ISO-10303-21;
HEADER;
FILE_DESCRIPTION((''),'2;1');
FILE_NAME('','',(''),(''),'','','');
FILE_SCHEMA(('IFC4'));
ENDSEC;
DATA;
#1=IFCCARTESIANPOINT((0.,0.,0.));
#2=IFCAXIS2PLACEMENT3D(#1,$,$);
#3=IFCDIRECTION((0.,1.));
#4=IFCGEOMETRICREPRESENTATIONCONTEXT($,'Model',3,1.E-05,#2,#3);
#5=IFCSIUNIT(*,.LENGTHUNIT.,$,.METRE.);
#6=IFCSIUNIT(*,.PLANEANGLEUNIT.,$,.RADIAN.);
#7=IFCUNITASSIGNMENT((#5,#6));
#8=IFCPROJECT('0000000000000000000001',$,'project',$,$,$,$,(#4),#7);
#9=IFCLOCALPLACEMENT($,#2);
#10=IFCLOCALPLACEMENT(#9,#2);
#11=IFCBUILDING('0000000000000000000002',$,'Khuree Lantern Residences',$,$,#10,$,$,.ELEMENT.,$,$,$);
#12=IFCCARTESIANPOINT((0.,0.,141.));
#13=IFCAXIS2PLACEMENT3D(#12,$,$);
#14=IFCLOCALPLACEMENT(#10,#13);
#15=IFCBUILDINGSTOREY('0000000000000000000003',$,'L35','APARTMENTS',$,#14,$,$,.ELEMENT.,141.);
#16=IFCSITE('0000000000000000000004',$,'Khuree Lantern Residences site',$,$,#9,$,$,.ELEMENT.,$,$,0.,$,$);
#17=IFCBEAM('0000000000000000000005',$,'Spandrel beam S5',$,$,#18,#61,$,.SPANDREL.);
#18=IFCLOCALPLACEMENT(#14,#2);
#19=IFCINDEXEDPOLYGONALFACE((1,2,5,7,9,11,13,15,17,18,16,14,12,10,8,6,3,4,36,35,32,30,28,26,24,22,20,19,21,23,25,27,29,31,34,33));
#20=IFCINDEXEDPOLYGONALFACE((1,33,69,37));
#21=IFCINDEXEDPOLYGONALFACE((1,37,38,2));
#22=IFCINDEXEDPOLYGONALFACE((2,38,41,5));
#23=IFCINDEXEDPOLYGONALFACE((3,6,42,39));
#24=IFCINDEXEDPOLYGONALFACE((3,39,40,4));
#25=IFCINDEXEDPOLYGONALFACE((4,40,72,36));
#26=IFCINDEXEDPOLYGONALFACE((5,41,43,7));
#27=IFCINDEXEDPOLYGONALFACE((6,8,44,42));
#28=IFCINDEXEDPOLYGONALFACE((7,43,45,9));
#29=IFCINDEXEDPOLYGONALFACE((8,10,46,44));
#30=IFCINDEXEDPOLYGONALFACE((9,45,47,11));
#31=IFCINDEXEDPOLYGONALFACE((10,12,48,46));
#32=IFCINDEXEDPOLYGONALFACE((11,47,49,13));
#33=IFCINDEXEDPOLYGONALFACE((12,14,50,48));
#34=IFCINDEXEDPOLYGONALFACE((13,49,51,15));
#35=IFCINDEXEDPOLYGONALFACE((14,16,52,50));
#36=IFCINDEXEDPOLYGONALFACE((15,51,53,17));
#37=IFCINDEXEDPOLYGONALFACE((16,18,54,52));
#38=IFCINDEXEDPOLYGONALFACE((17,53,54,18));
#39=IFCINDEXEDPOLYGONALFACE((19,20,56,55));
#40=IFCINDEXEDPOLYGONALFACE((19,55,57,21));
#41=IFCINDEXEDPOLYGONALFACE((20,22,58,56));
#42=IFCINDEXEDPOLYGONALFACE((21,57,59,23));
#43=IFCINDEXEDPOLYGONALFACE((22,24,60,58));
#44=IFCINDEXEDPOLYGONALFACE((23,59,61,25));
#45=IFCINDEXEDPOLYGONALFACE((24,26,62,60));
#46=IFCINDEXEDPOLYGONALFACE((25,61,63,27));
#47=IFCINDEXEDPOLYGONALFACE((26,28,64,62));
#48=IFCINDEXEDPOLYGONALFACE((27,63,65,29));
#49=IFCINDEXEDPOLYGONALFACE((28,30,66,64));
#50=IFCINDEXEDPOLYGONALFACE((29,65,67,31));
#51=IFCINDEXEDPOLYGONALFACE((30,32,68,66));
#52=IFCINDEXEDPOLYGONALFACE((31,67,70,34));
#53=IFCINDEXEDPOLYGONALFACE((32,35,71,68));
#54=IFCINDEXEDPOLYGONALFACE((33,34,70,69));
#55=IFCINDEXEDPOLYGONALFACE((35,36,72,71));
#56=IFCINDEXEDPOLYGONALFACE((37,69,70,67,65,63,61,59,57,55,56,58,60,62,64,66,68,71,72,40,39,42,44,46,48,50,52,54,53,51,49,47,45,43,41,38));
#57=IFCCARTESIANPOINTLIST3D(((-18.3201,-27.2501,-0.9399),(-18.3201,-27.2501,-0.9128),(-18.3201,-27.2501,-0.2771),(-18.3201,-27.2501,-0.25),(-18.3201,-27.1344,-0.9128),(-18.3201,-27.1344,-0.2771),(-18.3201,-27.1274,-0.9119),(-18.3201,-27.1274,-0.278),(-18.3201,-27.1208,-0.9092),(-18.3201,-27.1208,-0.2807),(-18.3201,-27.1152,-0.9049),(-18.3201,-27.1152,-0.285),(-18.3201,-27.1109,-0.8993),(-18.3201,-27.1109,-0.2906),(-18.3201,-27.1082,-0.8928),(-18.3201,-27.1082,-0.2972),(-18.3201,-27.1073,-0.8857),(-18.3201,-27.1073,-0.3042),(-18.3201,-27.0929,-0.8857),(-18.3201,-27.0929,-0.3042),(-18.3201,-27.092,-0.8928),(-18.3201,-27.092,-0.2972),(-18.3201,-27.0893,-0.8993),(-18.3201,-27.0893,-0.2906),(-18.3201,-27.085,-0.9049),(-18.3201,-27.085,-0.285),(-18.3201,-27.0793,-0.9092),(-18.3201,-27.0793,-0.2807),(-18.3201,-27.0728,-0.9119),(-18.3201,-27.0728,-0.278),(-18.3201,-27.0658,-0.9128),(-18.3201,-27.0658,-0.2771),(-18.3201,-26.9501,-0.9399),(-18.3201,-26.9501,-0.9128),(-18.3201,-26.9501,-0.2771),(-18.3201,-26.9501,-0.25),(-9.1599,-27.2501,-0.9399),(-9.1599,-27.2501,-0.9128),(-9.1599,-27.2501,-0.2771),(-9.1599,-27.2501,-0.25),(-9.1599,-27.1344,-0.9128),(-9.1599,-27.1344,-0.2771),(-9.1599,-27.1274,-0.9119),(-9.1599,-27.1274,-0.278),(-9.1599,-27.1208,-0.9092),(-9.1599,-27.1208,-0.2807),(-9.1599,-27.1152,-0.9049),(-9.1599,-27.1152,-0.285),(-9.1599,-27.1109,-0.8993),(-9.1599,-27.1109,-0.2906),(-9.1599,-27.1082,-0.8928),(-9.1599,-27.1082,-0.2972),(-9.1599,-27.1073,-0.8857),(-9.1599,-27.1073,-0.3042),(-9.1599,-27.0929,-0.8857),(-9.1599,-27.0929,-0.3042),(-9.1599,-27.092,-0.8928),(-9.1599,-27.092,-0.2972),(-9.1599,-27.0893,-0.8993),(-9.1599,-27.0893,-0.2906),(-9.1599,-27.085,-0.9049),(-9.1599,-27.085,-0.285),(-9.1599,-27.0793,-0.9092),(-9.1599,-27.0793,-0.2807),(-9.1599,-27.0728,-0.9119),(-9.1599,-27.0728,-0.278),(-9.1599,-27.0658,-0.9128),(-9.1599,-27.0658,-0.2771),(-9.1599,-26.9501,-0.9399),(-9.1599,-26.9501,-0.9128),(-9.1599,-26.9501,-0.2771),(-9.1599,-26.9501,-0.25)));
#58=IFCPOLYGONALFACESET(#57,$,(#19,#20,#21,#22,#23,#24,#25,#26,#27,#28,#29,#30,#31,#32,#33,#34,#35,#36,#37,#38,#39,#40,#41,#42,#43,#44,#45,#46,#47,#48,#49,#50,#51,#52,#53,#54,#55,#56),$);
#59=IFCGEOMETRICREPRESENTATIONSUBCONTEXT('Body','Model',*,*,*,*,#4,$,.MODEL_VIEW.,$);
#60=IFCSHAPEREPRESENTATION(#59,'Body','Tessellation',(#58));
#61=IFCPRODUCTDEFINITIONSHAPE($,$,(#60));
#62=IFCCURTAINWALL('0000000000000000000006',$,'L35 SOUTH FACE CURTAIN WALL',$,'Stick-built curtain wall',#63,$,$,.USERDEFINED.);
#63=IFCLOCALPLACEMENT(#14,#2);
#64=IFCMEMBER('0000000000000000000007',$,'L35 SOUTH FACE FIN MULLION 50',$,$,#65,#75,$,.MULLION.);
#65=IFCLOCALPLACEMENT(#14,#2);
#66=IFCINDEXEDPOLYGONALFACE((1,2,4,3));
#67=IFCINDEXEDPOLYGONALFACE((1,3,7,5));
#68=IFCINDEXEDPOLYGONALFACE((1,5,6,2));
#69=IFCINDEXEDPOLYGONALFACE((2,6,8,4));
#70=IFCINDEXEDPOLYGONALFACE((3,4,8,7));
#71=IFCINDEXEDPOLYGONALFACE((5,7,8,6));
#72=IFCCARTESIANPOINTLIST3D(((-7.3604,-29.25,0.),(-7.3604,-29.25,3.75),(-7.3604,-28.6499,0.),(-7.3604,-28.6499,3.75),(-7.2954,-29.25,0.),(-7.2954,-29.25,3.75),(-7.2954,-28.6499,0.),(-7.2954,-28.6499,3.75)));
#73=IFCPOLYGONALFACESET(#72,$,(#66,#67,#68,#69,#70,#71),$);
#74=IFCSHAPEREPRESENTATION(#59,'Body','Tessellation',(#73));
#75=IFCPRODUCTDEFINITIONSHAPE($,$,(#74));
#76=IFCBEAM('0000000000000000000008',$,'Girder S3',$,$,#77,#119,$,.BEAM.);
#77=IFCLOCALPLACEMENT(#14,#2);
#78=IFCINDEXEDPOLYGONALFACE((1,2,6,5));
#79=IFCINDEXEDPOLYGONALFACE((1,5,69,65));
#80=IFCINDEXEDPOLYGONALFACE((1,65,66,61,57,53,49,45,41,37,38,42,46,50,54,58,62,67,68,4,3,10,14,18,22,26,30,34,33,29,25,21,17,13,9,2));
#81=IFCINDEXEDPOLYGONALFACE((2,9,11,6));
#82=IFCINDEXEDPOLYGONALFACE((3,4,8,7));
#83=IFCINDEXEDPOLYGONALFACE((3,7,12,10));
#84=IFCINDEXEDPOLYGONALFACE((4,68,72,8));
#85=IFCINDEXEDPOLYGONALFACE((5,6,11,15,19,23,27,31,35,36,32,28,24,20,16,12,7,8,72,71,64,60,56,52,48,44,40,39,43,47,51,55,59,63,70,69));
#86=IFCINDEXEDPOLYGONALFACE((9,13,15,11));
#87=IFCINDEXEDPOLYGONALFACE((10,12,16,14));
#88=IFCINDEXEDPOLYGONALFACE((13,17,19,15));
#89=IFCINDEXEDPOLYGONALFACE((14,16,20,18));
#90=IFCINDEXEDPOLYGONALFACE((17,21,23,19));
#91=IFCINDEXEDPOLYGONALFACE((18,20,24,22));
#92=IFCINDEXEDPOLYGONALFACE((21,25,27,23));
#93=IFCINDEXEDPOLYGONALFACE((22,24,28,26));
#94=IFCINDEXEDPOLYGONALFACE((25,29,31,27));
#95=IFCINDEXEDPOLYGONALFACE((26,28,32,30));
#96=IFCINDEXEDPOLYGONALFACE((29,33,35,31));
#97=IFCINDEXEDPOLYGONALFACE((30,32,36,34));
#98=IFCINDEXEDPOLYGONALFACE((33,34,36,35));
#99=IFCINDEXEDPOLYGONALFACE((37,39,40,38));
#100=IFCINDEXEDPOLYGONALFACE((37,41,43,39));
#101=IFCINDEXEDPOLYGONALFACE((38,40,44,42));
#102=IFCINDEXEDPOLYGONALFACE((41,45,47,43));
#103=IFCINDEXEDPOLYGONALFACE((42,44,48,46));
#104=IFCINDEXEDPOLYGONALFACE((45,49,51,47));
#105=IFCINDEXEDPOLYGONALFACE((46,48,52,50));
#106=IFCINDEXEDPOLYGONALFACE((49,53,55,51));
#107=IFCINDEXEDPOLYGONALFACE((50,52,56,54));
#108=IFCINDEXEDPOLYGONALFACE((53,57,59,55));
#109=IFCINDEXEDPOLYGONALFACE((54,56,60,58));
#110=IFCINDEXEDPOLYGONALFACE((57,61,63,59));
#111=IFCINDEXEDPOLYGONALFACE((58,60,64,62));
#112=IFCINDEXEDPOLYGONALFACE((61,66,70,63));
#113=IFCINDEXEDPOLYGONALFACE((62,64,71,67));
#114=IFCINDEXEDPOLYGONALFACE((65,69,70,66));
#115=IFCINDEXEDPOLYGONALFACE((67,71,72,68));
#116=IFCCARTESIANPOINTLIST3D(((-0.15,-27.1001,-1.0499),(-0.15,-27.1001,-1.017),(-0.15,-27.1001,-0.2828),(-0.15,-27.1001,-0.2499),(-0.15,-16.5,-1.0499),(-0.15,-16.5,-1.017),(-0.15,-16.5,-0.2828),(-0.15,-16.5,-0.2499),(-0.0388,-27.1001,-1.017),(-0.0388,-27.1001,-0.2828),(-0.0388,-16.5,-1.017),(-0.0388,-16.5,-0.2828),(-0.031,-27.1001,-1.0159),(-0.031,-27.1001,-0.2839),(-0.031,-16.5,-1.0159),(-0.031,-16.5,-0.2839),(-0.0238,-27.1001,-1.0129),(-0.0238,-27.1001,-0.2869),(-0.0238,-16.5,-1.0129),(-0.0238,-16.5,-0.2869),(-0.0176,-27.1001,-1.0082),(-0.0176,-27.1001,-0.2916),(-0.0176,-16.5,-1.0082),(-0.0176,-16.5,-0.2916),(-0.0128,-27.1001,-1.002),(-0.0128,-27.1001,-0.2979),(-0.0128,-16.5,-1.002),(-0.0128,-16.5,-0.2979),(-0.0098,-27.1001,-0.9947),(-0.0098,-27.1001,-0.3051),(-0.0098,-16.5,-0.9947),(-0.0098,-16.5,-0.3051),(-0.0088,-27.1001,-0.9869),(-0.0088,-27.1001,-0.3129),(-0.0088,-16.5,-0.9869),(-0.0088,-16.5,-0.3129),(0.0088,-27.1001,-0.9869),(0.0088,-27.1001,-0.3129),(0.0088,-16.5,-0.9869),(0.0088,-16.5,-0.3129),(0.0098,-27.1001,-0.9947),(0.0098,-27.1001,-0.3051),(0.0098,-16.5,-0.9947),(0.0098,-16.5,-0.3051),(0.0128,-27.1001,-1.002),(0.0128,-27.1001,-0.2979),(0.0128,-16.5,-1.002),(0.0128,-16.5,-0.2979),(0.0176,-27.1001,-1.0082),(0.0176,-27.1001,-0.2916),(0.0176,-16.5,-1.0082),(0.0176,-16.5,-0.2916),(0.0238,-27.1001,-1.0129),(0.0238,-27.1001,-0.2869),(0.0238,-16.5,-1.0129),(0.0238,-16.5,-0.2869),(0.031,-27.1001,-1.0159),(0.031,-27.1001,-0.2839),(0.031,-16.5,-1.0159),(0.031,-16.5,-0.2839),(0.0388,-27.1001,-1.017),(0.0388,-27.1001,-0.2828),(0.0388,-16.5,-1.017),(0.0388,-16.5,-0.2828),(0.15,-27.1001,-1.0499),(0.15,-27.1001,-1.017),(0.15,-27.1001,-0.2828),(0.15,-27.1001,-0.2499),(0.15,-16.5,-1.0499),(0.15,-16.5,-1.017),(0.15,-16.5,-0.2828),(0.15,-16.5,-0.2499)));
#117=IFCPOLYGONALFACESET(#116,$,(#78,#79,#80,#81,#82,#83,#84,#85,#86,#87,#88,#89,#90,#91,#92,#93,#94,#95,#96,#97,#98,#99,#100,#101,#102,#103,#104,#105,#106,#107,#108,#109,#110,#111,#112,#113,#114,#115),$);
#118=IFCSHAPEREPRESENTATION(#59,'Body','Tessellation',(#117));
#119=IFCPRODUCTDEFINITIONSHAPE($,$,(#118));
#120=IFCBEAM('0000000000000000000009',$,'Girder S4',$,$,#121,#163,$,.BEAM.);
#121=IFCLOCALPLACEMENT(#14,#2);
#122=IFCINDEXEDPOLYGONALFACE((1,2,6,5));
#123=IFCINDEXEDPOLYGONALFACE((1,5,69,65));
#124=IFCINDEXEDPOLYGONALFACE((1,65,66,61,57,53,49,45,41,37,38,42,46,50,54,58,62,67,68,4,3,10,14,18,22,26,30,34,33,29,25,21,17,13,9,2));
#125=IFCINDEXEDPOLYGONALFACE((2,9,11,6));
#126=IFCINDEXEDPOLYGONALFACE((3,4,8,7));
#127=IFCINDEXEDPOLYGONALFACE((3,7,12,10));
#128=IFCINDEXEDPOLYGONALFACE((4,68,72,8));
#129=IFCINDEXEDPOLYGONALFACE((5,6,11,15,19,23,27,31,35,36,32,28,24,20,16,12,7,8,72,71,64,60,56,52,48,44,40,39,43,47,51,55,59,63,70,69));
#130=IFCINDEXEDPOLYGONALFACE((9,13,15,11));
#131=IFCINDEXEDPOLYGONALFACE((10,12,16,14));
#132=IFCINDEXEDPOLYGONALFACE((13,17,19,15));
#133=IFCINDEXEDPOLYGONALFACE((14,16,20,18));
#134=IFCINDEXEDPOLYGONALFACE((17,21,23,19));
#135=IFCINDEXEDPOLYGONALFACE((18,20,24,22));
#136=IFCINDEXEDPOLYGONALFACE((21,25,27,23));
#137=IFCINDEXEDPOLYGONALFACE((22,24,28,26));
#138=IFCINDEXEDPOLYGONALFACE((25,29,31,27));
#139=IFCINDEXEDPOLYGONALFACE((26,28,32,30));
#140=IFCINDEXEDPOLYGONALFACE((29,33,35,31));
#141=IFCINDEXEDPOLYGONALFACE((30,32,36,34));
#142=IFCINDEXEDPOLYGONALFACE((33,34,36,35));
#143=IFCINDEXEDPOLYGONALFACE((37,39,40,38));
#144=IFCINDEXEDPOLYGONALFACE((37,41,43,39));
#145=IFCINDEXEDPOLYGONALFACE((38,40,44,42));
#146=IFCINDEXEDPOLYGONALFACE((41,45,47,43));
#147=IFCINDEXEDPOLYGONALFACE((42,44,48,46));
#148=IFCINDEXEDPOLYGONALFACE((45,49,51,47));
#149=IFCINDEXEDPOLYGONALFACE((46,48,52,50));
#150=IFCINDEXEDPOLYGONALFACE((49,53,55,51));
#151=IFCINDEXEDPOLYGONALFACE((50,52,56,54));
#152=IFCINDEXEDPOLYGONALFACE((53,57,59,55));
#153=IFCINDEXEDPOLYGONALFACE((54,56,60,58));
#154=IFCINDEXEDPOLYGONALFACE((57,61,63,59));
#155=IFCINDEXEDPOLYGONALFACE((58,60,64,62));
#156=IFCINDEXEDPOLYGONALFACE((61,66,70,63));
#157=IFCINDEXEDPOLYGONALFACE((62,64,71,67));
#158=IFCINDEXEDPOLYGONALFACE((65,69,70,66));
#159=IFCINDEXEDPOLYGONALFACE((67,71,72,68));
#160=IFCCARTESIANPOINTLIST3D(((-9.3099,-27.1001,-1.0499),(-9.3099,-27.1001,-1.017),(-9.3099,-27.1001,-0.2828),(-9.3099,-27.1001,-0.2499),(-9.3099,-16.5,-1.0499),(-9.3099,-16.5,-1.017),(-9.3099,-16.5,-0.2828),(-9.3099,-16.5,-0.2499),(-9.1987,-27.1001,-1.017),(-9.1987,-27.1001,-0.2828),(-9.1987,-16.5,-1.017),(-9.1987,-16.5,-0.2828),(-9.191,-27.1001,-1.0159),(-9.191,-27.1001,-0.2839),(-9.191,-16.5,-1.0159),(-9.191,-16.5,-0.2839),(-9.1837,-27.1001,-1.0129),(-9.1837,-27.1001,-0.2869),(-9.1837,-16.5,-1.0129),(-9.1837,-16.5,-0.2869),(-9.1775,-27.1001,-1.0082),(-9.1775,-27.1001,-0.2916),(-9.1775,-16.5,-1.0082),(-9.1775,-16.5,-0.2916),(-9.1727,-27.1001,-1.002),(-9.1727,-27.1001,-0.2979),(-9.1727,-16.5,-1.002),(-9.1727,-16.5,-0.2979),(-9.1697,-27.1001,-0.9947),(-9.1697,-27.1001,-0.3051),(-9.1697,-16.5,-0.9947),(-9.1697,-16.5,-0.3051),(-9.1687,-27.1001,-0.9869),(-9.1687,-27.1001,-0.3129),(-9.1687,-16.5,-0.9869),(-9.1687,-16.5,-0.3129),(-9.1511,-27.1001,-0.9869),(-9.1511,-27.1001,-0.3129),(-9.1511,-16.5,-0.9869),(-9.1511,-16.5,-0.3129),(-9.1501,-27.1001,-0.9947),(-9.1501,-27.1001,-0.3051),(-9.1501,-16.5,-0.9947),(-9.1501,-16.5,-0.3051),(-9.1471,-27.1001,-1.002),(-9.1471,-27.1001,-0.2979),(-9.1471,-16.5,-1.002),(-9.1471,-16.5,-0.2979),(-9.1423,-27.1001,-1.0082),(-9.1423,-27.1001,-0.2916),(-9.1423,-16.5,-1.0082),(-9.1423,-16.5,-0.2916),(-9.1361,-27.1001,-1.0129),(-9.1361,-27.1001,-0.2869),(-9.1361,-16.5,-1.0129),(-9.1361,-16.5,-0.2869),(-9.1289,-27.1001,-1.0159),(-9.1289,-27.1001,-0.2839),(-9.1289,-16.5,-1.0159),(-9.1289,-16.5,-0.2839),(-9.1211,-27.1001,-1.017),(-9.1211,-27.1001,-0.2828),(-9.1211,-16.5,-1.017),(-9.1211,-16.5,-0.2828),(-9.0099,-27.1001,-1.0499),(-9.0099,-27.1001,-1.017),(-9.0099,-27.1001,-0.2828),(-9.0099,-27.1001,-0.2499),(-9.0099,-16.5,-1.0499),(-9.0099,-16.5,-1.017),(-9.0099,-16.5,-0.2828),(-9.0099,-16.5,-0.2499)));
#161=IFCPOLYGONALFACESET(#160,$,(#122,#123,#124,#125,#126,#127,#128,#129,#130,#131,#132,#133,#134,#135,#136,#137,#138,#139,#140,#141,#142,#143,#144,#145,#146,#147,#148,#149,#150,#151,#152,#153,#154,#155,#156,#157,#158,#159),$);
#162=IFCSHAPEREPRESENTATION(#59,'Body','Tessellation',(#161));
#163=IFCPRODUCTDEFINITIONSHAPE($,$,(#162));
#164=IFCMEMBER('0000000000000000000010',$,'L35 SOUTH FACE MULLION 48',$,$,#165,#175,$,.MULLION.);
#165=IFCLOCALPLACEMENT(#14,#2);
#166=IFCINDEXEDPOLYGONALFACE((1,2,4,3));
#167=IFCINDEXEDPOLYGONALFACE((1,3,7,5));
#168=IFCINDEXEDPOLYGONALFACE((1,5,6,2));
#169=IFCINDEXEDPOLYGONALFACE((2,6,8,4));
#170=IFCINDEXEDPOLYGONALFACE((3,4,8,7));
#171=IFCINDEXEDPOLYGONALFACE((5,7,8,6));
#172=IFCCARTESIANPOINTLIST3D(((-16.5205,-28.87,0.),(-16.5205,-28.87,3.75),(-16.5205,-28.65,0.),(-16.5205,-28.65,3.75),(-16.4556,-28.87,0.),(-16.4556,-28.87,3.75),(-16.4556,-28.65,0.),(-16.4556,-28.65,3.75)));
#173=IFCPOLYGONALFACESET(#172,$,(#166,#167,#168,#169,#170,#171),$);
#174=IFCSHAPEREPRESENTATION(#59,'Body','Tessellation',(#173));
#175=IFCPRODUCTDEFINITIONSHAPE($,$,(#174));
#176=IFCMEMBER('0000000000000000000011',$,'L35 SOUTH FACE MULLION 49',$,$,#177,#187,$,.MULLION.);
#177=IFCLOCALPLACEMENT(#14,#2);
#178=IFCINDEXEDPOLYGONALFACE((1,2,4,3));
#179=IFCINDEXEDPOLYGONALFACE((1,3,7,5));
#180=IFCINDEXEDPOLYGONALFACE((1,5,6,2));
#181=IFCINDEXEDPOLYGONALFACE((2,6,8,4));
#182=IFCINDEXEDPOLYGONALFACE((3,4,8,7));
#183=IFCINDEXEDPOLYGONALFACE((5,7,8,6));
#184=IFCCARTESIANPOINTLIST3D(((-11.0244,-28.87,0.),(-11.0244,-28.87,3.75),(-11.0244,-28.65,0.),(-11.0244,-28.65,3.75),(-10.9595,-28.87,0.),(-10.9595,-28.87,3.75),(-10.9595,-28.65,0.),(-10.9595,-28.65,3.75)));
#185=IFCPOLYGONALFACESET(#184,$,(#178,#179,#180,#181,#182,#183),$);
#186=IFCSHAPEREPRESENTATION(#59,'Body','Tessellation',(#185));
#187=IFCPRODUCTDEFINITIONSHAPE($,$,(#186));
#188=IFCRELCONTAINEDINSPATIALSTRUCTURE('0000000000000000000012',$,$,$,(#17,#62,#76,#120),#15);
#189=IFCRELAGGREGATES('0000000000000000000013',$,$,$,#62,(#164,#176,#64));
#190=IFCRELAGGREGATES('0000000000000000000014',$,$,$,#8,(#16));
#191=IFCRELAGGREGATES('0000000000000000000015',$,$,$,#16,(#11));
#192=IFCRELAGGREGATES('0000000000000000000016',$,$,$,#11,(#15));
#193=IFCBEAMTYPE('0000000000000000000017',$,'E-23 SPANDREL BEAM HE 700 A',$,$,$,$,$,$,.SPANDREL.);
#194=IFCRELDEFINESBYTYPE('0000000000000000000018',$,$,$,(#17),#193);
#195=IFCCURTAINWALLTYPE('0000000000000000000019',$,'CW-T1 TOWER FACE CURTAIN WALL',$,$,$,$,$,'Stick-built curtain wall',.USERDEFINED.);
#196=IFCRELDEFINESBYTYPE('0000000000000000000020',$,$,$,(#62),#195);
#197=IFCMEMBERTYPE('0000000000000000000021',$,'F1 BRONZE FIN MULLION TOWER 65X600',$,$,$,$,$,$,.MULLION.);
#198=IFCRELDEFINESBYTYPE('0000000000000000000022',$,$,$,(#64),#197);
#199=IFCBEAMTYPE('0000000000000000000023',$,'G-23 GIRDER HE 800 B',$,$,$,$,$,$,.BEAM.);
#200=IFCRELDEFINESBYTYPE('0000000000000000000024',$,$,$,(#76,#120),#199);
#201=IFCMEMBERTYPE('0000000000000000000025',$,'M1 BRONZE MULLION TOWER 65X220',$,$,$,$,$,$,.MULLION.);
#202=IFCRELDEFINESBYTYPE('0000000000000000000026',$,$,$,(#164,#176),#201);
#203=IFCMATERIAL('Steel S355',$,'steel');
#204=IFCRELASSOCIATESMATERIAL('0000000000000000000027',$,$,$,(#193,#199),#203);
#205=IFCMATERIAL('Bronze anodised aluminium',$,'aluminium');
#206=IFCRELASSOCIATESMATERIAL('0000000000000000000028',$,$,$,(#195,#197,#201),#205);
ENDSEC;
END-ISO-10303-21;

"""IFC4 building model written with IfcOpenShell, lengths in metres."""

from ifc_helpers import new_model, si_unit, direction, frame, origin, origin_2d, place, context, subcontext, project, spatial, rectangle, i_section, extrude, material, material_profile, profile_set, type_object, element, aggregate, save


model = new_model("IFC4")

# Units and contexts
model_context = context("Model", 3, precision=1e-05, world=origin(), true_north=direction((0.0, 1.0)))
body_context = subcontext(model_context, "Body", "Model", "MODEL_VIEW")
ifc_project = project(units=[si_unit("LENGTHUNIT", "METRE"), si_unit("PLANEANGLEUNIT", "RADIAN")], contexts=[model_context])

# Site, building, storey
site_placement = place(None, origin())
site = spatial("IfcSite", under=ifc_project, at=site_placement, Name="Khuree Lantern Residences site", CompositionType="ELEMENT", RefElevation=0.0)
building_placement = place(site_placement, origin())
building = spatial("IfcBuilding", under=site, at=building_placement, Name="Khuree Lantern Residences", CompositionType="ELEMENT")
storey_placement = place(building_placement, frame((0.0, 0.0, 141.0)))
storey = spatial("IfcBuildingStorey", under=building, at=storey_placement, Name="L35", Description="APARTMENTS", CompositionType="ELEMENT", Elevation=141.0)

# Beam
ifc_material_1 = material(Name="Steel S355", Category="steel")
ifc_material_profile_1 = material_profile(ifc_material_1, i_section(OverallWidth=0.3, OverallDepth=0.6899, WebThickness=0.0144, FlangeThickness=0.0271, FilletRadius=0.0271, at=origin_2d()), Name="HE 700 A")
ifc_profile_set_1 = profile_set([ifc_material_profile_1], Name="Steel S355")
beam_type_1 = type_object("IfcBeamType", Name="E-23 SPANDREL BEAM HE 700 A", PredefinedType="SPANDREL", material=ifc_profile_set_1)
beam_1_placement = place(storey_placement, frame((-9.1599, -27.1001, -0.595), z_axis=(-1.0, 0.0, 0.0), x_axis=(0.0, -1.0, 0.0)))
element("IfcBeam", 1, at=beam_1_placement, inside=storey, type_object=beam_type_1, Name="Spandrel beam S5", PredefinedType="SPANDREL", context=body_context, shape_type="SweptSolid", body=[
    extrude(i_section(OverallWidth=0.3, OverallDepth=0.6899, WebThickness=0.0144, FlangeThickness=0.0271, FilletRadius=0.0271, at=origin_2d()), origin(), (0.0, 0.0, 1.0), 9.1602),
])

# Curtain wall, member
ifc_material_2 = material(Name="Bronze anodised aluminium", Category="aluminium")
curtain_wall_type = type_object("IfcCurtainWallType", Name="CW-T1 TOWER FACE CURTAIN WALL", ElementType="Stick-built curtain wall", PredefinedType="USERDEFINED", material=ifc_material_2)
curtain_wall_placement = place(storey_placement, origin())
curtain_wall = element("IfcCurtainWall", 2, at=curtain_wall_placement, inside=storey, type_object=curtain_wall_type, Name="L35 SOUTH FACE CURTAIN WALL", ObjectType="Stick-built curtain wall", PredefinedType="USERDEFINED")
ifc_material_profile_2 = material_profile(ifc_material_2, rectangle(XDim=0.0649, YDim=0.6001, at=origin_2d()), Name="F1 65X600")
ifc_profile_set_2 = profile_set([ifc_material_profile_2], Name="Bronze anodised aluminium")
member_type_1 = type_object("IfcMemberType", Name="F1 BRONZE FIN MULLION TOWER 65X600", PredefinedType="MULLION", material=ifc_profile_set_2)
member_1_placement = place(storey_placement, frame((-7.3279, -28.95, 0.0), z_axis=(0.0, 0.0, 1.0), x_axis=(1.0, 0.0, 0.0)))
member_1 = element("IfcMember", 3, at=member_1_placement, type_object=member_type_1, Name="L35 SOUTH FACE FIN MULLION 50", PredefinedType="MULLION", context=body_context, shape_type="SweptSolid", body=[
    extrude(rectangle(XDim=0.0649, YDim=0.6001, at=origin_2d()), origin(), (0.0, 0.0, 1.0), 3.75),
])

# Beams
ifc_material_profile_3 = material_profile(ifc_material_1, i_section(OverallWidth=0.3, OverallDepth=0.8, WebThickness=0.0176, FlangeThickness=0.033, FilletRadius=0.03, at=origin_2d()), Name="HE 800 B")
ifc_profile_set_3 = profile_set([ifc_material_profile_3], Name="Steel S355")
beam_type_2 = type_object("IfcBeamType", Name="G-23 GIRDER HE 800 B", PredefinedType="BEAM", material=ifc_profile_set_3)
for number, where, z_axis, x_axis, name in (
    (4, (0.0, -27.1001, -0.6499), (0.0, 1.0, 0.0), (-1.0, 0.0, 0.0), "Girder S3"),
    (5, (-9.1599, -27.1001, -0.6499), (0.0, 1.0, 0.0), (-1.0, 0.0, 0.0), "Girder S4"),
):
    element("IfcBeam", number, at=place(storey_placement, frame(where, z_axis=z_axis, x_axis=x_axis)), inside=storey, type_object=beam_type_2, Name=name, PredefinedType="BEAM", context=body_context, shape_type="SweptSolid", body=[
        extrude(i_section(OverallWidth=0.3, OverallDepth=0.8, WebThickness=0.0176, FlangeThickness=0.033, FilletRadius=0.03, at=origin_2d()), origin(), (0.0, 0.0, 1.0), 10.6001),
    ])

# Members
ifc_material_profile_4 = material_profile(ifc_material_2, rectangle(XDim=0.0649, YDim=0.22, at=origin_2d()), Name="M1 65X220")
ifc_profile_set_4 = profile_set([ifc_material_profile_4], Name="Bronze anodised aluminium")
member_type_2 = type_object("IfcMemberType", Name="M1 BRONZE MULLION TOWER 65X220", PredefinedType="MULLION", material=ifc_profile_set_4)
member_2_placement = place(storey_placement, frame((-16.488, -28.76, 0.0), z_axis=(0.0, 0.0, 1.0), x_axis=(1.0, 0.0, 0.0)))
member_2 = element("IfcMember", 6, at=member_2_placement, type_object=member_type_2, Name="L35 SOUTH FACE MULLION 48", PredefinedType="MULLION", context=body_context, shape_type="SweptSolid", body=[
    extrude(rectangle(XDim=0.0649, YDim=0.22, at=origin_2d()), origin(), (0.0, 0.0, 1.0), 3.75),
])
member_3_placement = place(storey_placement, frame((-10.9919, -28.76, 0.0), z_axis=(0.0, 0.0, 1.0), x_axis=(1.0, 0.0, 0.0)))
member_3 = element("IfcMember", 7, at=member_3_placement, type_object=member_type_2, Name="L35 SOUTH FACE MULLION 49", PredefinedType="MULLION", context=body_context, shape_type="SweptSolid", body=[
    extrude(rectangle(XDim=0.0649, YDim=0.22, at=origin_2d()), origin(), (0.0, 0.0, 1.0), 3.75),
])

aggregate(curtain_wall, [member_2, member_3, member_1])

save(model, "model.ifc")
